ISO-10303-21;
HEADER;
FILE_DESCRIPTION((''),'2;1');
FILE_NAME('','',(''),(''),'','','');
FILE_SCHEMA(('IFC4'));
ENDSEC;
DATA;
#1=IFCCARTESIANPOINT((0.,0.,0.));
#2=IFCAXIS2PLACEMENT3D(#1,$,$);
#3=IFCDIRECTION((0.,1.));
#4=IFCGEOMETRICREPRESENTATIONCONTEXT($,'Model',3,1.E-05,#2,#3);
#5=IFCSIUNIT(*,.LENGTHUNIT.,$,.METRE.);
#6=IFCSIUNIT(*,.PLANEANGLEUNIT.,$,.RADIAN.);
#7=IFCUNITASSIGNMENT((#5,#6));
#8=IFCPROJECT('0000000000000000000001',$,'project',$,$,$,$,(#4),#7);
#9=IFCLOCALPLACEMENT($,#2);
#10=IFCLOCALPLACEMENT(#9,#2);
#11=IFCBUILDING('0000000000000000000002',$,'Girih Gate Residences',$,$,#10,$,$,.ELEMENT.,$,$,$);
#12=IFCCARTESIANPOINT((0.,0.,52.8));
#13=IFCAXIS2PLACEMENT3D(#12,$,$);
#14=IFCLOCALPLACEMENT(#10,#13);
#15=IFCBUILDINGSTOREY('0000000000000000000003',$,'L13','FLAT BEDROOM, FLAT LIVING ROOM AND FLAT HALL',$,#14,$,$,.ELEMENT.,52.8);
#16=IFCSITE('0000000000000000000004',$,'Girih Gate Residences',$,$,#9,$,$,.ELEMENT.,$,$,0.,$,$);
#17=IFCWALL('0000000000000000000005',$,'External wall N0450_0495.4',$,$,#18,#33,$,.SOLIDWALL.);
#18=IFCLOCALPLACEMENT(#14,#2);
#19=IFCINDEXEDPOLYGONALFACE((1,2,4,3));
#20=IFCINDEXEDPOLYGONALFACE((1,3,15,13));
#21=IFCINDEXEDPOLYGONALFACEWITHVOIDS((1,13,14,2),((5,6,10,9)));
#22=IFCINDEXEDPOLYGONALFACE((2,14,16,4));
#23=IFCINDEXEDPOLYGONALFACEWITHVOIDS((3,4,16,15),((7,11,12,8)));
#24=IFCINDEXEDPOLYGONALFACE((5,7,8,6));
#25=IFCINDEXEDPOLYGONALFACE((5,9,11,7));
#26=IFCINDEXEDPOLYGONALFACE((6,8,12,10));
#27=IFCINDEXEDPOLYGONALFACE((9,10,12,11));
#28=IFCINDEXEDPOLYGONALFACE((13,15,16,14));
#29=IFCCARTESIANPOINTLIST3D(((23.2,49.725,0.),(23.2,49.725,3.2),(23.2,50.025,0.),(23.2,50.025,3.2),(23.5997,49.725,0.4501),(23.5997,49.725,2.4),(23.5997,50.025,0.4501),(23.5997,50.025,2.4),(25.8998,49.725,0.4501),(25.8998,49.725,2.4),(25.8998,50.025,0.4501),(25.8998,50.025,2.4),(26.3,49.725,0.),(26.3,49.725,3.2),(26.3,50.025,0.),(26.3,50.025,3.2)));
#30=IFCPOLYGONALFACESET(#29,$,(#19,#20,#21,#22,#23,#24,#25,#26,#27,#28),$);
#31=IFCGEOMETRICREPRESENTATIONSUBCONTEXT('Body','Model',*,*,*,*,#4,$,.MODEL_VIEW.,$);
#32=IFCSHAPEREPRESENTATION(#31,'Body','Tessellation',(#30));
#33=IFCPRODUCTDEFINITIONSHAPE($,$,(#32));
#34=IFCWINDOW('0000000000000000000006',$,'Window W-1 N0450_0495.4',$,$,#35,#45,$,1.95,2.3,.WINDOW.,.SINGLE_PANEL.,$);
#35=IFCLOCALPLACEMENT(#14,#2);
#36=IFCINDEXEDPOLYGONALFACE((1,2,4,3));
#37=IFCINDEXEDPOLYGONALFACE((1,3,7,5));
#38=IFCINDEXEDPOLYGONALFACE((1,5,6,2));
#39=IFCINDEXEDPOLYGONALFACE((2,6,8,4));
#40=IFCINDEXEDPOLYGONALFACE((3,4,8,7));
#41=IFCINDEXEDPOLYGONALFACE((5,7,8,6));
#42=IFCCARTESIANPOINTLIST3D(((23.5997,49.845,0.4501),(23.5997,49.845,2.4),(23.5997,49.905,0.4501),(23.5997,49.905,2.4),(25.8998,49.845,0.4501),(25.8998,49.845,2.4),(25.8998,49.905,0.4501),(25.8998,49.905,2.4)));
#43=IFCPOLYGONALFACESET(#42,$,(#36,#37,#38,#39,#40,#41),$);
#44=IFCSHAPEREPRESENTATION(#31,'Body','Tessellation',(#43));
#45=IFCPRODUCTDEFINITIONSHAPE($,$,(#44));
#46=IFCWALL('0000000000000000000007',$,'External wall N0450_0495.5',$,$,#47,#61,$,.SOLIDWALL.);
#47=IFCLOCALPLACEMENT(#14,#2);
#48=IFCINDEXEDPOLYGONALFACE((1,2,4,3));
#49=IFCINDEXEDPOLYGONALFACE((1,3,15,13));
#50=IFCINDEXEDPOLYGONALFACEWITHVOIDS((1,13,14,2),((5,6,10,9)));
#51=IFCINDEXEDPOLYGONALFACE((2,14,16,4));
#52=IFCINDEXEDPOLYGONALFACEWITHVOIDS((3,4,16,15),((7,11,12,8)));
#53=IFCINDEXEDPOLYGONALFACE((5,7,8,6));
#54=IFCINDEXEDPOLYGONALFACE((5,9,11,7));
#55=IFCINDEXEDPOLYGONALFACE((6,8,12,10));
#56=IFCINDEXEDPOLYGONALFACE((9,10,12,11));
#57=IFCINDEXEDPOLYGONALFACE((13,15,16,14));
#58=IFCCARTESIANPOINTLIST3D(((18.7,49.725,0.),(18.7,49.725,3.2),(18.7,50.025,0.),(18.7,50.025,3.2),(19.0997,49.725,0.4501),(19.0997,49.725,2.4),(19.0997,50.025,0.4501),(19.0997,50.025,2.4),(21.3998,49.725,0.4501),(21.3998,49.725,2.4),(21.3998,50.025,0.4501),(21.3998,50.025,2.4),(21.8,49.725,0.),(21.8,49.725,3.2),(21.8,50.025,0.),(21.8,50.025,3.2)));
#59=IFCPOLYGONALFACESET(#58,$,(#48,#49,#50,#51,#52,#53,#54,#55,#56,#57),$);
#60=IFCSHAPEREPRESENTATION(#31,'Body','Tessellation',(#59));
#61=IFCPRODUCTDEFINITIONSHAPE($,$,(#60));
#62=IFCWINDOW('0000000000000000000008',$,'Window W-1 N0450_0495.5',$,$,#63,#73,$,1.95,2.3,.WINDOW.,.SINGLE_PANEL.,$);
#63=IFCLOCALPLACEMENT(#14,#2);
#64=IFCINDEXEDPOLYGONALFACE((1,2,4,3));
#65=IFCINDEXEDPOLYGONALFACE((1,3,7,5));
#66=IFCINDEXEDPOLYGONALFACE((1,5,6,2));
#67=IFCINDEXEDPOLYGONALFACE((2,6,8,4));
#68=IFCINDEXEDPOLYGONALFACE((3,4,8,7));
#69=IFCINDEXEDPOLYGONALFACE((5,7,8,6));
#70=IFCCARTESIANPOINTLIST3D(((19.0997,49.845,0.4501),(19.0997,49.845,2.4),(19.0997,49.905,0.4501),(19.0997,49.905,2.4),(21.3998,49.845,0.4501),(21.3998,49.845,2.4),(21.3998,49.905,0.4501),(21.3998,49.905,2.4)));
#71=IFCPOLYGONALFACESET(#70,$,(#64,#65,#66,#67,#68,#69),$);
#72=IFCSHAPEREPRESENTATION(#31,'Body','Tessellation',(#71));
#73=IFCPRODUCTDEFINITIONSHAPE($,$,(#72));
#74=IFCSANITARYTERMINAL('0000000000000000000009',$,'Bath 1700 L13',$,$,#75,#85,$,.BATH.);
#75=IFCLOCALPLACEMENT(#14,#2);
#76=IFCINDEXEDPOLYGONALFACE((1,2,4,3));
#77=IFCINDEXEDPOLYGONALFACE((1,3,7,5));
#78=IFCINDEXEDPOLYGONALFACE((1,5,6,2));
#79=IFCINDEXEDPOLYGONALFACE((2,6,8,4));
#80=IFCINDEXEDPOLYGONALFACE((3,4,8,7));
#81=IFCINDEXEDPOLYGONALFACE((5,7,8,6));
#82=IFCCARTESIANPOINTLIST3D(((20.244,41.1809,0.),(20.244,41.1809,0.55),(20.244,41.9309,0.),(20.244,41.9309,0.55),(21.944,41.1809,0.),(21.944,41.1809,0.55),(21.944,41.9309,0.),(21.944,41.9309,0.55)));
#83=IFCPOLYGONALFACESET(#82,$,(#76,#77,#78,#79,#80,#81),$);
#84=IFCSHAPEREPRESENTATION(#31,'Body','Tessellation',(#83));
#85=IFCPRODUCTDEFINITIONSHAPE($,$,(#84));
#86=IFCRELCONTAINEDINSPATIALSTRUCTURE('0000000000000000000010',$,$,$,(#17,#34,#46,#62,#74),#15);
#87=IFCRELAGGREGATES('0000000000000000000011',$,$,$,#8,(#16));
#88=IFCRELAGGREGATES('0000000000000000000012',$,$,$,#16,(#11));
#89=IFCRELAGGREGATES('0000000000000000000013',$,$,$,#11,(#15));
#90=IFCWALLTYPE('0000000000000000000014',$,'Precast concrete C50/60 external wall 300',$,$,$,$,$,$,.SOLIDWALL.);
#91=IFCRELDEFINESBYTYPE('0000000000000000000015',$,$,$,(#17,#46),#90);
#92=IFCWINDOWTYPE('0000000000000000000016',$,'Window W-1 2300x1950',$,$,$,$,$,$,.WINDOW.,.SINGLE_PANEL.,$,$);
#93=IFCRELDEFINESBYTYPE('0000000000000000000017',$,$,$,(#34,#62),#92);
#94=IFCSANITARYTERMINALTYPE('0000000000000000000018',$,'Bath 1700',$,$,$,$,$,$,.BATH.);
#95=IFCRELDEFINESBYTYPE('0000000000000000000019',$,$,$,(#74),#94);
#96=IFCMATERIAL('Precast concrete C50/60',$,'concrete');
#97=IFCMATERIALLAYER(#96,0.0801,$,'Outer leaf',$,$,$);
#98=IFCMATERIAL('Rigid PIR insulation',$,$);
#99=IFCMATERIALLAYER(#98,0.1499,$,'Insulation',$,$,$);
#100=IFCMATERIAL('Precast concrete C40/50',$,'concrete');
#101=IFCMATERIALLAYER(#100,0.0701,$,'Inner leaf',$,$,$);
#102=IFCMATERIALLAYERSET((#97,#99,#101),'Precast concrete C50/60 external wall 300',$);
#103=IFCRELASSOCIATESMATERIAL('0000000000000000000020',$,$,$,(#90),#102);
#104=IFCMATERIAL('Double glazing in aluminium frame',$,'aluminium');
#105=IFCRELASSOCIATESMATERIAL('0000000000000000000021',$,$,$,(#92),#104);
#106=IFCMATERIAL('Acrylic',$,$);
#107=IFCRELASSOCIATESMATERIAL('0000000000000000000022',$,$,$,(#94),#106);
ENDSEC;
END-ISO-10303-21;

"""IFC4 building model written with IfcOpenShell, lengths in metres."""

from ifc_helpers import new_model, si_unit, direction, frame, frame_2d, origin, origin_2d, place, context, subcontext, project, spatial, rectangle, extrude, material, layer, layer_set, type_object, element, fill, save


model = new_model("IFC4")

# Units and contexts
model_context = context("Model", 3, precision=1e-05, world=origin(), true_north=direction((0.0, 1.0)))
body_context = subcontext(model_context, "Body", "Model", "MODEL_VIEW")
ifc_project = project(units=[si_unit("LENGTHUNIT", "METRE"), si_unit("PLANEANGLEUNIT", "RADIAN")], contexts=[model_context])

# Site, building, storey
site_placement = place(None, origin())
site = spatial("IfcSite", under=ifc_project, at=site_placement, Name="Girih Gate Residences", CompositionType="ELEMENT", RefElevation=0.0)
building_placement = place(site_placement, origin())
building = spatial("IfcBuilding", under=site, at=building_placement, Name="Girih Gate Residences", CompositionType="ELEMENT")
storey_placement = place(building_placement, frame((0.0, 0.0, 52.8)))
storey = spatial("IfcBuildingStorey", under=building, at=storey_placement, Name="L13", Description="FLAT BEDROOM, FLAT LIVING ROOM AND FLAT HALL", CompositionType="ELEMENT", Elevation=52.8)

# Walls, openings, windows
ifc_material_1 = material(Name="Precast concrete C50/60", Category="concrete")
ifc_layer_1 = layer(ifc_material_1, 0.0801, Name="Outer leaf")
ifc_material_2 = material(Name="Rigid PIR insulation")
ifc_layer_2 = layer(ifc_material_2, 0.1499, Name="Insulation")
ifc_material_3 = material(Name="Precast concrete C40/50", Category="concrete")
ifc_layer_3 = layer(ifc_material_3, 0.0701, Name="Inner leaf")
ifc_layer_set_1 = layer_set([ifc_layer_1, ifc_layer_2, ifc_layer_3], Name="Precast concrete C50/60 external wall 300")
wall_type_1 = type_object("IfcWallType", Name="Precast concrete C50/60 external wall 300", PredefinedType="SOLIDWALL", material=ifc_layer_set_1)
wall_1_placement = place(storey_placement, frame((23.2, 49.875, 0.0), z_axis=(0.0, 0.0, 1.0), x_axis=(1.0, 0.0, 0.0)))
wall_1 = element("IfcWall", 1, at=wall_1_placement, inside=storey, type_object=wall_type_1, Name="External wall N0450_0495.4", PredefinedType="SOLIDWALL", context=body_context, shape_type="SweptSolid", body=[
    extrude(rectangle(XDim=3.1001, YDim=0.3, at=frame_2d((1.55, 0.0))), origin(), (0.0, 0.0, 1.0), 3.2),
])
opening_1_placement = place(wall_1_placement, frame((0.3999, 0.0, 0.45)))
opening_1 = element("IfcOpeningElement", 2, at=opening_1_placement, cuts=wall_1, PredefinedType="OPENING", context=body_context, shape_type="SweptSolid", body=[
    extrude(rectangle(XDim=2.3, YDim=1.95, at=frame_2d((1.1499, 0.9751))), frame((0.0, 0.1599, 0.0), z_axis=(0.0, -1.0, 0.0), x_axis=(1.0, 0.0, 0.0)), (0.0, 0.0, 1.0), 0.3201),
])
ifc_material_4 = material(Name="Double glazing in aluminium frame", Category="aluminium")
window_type = type_object("IfcWindowType", Name="Window W-1 2300x1950", PartitioningType="SINGLE_PANEL", PredefinedType="WINDOW", material=ifc_material_4)
window_1_placement = place(opening_1_placement, origin())
window_1 = element("IfcWindow", 3, at=window_1_placement, inside=storey, type_object=window_type, Name="Window W-1 N0450_0495.4", OverallHeight=1.95, OverallWidth=2.3, PartitioningType="SINGLE_PANEL", PredefinedType="WINDOW", context=body_context, shape_type="SweptSolid", body=[
    extrude(rectangle(XDim=2.3, YDim=1.95, at=frame_2d((1.1499, 0.9751))), frame((0.0, 0.03, 0.0), z_axis=(0.0, -1.0, 0.0), x_axis=(1.0, 0.0, 0.0)), (0.0, 0.0, 1.0), 0.0601),
])
fill(opening_1, window_1)
wall_2_placement = place(storey_placement, frame((18.7, 49.875, 0.0), z_axis=(0.0, 0.0, 1.0), x_axis=(1.0, 0.0, 0.0)))
wall_2 = element("IfcWall", 4, at=wall_2_placement, inside=storey, type_object=wall_type_1, Name="External wall N0450_0495.5", PredefinedType="SOLIDWALL", context=body_context, shape_type="SweptSolid", body=[
    extrude(rectangle(XDim=3.1001, YDim=0.3, at=frame_2d((1.55, 0.0))), origin(), (0.0, 0.0, 1.0), 3.2),
])
opening_2_placement = place(wall_2_placement, frame((0.3999, 0.0, 0.45)))
opening_2 = element("IfcOpeningElement", 5, at=opening_2_placement, cuts=wall_2, PredefinedType="OPENING", context=body_context, shape_type="SweptSolid", body=[
    extrude(rectangle(XDim=2.3, YDim=1.95, at=frame_2d((1.1499, 0.9751))), frame((0.0, 0.1599, 0.0), z_axis=(0.0, -1.0, 0.0), x_axis=(1.0, 0.0, 0.0)), (0.0, 0.0, 1.0), 0.3201),
])
window_2_placement = place(opening_2_placement, origin())
window_2 = element("IfcWindow", 6, at=window_2_placement, inside=storey, type_object=window_type, Name="Window W-1 N0450_0495.5", OverallHeight=1.95, OverallWidth=2.3, PartitioningType="SINGLE_PANEL", PredefinedType="WINDOW", context=body_context, shape_type="SweptSolid", body=[
    extrude(rectangle(XDim=2.3, YDim=1.95, at=frame_2d((1.1499, 0.9751))), frame((0.0, 0.03, 0.0), z_axis=(0.0, -1.0, 0.0), x_axis=(1.0, 0.0, 0.0)), (0.0, 0.0, 1.0), 0.0601),
])
fill(opening_2, window_2)

# Sanitary terminal
ifc_material_5 = material(Name="Acrylic")
sanitary_terminal_type = type_object("IfcSanitaryTerminalType", Name="Bath 1700", PredefinedType="BATH", material=ifc_material_5)
sanitary_terminal_placement = place(storey_placement, frame((21.094, 41.5559, 0.0), z_axis=(0.0, 0.0, 1.0), x_axis=(1.0, 0.0, 0.0)))
element("IfcSanitaryTerminal", 7, at=sanitary_terminal_placement, inside=storey, type_object=sanitary_terminal_type, Name="Bath 1700 L13", PredefinedType="BATH", context=body_context, shape_type="SweptSolid", body=[
    extrude(rectangle(XDim=1.7, YDim=0.75, at=origin_2d()), origin(), (0.0, 0.0, 1.0), 0.55),
])

save(model, "model.ifc")
